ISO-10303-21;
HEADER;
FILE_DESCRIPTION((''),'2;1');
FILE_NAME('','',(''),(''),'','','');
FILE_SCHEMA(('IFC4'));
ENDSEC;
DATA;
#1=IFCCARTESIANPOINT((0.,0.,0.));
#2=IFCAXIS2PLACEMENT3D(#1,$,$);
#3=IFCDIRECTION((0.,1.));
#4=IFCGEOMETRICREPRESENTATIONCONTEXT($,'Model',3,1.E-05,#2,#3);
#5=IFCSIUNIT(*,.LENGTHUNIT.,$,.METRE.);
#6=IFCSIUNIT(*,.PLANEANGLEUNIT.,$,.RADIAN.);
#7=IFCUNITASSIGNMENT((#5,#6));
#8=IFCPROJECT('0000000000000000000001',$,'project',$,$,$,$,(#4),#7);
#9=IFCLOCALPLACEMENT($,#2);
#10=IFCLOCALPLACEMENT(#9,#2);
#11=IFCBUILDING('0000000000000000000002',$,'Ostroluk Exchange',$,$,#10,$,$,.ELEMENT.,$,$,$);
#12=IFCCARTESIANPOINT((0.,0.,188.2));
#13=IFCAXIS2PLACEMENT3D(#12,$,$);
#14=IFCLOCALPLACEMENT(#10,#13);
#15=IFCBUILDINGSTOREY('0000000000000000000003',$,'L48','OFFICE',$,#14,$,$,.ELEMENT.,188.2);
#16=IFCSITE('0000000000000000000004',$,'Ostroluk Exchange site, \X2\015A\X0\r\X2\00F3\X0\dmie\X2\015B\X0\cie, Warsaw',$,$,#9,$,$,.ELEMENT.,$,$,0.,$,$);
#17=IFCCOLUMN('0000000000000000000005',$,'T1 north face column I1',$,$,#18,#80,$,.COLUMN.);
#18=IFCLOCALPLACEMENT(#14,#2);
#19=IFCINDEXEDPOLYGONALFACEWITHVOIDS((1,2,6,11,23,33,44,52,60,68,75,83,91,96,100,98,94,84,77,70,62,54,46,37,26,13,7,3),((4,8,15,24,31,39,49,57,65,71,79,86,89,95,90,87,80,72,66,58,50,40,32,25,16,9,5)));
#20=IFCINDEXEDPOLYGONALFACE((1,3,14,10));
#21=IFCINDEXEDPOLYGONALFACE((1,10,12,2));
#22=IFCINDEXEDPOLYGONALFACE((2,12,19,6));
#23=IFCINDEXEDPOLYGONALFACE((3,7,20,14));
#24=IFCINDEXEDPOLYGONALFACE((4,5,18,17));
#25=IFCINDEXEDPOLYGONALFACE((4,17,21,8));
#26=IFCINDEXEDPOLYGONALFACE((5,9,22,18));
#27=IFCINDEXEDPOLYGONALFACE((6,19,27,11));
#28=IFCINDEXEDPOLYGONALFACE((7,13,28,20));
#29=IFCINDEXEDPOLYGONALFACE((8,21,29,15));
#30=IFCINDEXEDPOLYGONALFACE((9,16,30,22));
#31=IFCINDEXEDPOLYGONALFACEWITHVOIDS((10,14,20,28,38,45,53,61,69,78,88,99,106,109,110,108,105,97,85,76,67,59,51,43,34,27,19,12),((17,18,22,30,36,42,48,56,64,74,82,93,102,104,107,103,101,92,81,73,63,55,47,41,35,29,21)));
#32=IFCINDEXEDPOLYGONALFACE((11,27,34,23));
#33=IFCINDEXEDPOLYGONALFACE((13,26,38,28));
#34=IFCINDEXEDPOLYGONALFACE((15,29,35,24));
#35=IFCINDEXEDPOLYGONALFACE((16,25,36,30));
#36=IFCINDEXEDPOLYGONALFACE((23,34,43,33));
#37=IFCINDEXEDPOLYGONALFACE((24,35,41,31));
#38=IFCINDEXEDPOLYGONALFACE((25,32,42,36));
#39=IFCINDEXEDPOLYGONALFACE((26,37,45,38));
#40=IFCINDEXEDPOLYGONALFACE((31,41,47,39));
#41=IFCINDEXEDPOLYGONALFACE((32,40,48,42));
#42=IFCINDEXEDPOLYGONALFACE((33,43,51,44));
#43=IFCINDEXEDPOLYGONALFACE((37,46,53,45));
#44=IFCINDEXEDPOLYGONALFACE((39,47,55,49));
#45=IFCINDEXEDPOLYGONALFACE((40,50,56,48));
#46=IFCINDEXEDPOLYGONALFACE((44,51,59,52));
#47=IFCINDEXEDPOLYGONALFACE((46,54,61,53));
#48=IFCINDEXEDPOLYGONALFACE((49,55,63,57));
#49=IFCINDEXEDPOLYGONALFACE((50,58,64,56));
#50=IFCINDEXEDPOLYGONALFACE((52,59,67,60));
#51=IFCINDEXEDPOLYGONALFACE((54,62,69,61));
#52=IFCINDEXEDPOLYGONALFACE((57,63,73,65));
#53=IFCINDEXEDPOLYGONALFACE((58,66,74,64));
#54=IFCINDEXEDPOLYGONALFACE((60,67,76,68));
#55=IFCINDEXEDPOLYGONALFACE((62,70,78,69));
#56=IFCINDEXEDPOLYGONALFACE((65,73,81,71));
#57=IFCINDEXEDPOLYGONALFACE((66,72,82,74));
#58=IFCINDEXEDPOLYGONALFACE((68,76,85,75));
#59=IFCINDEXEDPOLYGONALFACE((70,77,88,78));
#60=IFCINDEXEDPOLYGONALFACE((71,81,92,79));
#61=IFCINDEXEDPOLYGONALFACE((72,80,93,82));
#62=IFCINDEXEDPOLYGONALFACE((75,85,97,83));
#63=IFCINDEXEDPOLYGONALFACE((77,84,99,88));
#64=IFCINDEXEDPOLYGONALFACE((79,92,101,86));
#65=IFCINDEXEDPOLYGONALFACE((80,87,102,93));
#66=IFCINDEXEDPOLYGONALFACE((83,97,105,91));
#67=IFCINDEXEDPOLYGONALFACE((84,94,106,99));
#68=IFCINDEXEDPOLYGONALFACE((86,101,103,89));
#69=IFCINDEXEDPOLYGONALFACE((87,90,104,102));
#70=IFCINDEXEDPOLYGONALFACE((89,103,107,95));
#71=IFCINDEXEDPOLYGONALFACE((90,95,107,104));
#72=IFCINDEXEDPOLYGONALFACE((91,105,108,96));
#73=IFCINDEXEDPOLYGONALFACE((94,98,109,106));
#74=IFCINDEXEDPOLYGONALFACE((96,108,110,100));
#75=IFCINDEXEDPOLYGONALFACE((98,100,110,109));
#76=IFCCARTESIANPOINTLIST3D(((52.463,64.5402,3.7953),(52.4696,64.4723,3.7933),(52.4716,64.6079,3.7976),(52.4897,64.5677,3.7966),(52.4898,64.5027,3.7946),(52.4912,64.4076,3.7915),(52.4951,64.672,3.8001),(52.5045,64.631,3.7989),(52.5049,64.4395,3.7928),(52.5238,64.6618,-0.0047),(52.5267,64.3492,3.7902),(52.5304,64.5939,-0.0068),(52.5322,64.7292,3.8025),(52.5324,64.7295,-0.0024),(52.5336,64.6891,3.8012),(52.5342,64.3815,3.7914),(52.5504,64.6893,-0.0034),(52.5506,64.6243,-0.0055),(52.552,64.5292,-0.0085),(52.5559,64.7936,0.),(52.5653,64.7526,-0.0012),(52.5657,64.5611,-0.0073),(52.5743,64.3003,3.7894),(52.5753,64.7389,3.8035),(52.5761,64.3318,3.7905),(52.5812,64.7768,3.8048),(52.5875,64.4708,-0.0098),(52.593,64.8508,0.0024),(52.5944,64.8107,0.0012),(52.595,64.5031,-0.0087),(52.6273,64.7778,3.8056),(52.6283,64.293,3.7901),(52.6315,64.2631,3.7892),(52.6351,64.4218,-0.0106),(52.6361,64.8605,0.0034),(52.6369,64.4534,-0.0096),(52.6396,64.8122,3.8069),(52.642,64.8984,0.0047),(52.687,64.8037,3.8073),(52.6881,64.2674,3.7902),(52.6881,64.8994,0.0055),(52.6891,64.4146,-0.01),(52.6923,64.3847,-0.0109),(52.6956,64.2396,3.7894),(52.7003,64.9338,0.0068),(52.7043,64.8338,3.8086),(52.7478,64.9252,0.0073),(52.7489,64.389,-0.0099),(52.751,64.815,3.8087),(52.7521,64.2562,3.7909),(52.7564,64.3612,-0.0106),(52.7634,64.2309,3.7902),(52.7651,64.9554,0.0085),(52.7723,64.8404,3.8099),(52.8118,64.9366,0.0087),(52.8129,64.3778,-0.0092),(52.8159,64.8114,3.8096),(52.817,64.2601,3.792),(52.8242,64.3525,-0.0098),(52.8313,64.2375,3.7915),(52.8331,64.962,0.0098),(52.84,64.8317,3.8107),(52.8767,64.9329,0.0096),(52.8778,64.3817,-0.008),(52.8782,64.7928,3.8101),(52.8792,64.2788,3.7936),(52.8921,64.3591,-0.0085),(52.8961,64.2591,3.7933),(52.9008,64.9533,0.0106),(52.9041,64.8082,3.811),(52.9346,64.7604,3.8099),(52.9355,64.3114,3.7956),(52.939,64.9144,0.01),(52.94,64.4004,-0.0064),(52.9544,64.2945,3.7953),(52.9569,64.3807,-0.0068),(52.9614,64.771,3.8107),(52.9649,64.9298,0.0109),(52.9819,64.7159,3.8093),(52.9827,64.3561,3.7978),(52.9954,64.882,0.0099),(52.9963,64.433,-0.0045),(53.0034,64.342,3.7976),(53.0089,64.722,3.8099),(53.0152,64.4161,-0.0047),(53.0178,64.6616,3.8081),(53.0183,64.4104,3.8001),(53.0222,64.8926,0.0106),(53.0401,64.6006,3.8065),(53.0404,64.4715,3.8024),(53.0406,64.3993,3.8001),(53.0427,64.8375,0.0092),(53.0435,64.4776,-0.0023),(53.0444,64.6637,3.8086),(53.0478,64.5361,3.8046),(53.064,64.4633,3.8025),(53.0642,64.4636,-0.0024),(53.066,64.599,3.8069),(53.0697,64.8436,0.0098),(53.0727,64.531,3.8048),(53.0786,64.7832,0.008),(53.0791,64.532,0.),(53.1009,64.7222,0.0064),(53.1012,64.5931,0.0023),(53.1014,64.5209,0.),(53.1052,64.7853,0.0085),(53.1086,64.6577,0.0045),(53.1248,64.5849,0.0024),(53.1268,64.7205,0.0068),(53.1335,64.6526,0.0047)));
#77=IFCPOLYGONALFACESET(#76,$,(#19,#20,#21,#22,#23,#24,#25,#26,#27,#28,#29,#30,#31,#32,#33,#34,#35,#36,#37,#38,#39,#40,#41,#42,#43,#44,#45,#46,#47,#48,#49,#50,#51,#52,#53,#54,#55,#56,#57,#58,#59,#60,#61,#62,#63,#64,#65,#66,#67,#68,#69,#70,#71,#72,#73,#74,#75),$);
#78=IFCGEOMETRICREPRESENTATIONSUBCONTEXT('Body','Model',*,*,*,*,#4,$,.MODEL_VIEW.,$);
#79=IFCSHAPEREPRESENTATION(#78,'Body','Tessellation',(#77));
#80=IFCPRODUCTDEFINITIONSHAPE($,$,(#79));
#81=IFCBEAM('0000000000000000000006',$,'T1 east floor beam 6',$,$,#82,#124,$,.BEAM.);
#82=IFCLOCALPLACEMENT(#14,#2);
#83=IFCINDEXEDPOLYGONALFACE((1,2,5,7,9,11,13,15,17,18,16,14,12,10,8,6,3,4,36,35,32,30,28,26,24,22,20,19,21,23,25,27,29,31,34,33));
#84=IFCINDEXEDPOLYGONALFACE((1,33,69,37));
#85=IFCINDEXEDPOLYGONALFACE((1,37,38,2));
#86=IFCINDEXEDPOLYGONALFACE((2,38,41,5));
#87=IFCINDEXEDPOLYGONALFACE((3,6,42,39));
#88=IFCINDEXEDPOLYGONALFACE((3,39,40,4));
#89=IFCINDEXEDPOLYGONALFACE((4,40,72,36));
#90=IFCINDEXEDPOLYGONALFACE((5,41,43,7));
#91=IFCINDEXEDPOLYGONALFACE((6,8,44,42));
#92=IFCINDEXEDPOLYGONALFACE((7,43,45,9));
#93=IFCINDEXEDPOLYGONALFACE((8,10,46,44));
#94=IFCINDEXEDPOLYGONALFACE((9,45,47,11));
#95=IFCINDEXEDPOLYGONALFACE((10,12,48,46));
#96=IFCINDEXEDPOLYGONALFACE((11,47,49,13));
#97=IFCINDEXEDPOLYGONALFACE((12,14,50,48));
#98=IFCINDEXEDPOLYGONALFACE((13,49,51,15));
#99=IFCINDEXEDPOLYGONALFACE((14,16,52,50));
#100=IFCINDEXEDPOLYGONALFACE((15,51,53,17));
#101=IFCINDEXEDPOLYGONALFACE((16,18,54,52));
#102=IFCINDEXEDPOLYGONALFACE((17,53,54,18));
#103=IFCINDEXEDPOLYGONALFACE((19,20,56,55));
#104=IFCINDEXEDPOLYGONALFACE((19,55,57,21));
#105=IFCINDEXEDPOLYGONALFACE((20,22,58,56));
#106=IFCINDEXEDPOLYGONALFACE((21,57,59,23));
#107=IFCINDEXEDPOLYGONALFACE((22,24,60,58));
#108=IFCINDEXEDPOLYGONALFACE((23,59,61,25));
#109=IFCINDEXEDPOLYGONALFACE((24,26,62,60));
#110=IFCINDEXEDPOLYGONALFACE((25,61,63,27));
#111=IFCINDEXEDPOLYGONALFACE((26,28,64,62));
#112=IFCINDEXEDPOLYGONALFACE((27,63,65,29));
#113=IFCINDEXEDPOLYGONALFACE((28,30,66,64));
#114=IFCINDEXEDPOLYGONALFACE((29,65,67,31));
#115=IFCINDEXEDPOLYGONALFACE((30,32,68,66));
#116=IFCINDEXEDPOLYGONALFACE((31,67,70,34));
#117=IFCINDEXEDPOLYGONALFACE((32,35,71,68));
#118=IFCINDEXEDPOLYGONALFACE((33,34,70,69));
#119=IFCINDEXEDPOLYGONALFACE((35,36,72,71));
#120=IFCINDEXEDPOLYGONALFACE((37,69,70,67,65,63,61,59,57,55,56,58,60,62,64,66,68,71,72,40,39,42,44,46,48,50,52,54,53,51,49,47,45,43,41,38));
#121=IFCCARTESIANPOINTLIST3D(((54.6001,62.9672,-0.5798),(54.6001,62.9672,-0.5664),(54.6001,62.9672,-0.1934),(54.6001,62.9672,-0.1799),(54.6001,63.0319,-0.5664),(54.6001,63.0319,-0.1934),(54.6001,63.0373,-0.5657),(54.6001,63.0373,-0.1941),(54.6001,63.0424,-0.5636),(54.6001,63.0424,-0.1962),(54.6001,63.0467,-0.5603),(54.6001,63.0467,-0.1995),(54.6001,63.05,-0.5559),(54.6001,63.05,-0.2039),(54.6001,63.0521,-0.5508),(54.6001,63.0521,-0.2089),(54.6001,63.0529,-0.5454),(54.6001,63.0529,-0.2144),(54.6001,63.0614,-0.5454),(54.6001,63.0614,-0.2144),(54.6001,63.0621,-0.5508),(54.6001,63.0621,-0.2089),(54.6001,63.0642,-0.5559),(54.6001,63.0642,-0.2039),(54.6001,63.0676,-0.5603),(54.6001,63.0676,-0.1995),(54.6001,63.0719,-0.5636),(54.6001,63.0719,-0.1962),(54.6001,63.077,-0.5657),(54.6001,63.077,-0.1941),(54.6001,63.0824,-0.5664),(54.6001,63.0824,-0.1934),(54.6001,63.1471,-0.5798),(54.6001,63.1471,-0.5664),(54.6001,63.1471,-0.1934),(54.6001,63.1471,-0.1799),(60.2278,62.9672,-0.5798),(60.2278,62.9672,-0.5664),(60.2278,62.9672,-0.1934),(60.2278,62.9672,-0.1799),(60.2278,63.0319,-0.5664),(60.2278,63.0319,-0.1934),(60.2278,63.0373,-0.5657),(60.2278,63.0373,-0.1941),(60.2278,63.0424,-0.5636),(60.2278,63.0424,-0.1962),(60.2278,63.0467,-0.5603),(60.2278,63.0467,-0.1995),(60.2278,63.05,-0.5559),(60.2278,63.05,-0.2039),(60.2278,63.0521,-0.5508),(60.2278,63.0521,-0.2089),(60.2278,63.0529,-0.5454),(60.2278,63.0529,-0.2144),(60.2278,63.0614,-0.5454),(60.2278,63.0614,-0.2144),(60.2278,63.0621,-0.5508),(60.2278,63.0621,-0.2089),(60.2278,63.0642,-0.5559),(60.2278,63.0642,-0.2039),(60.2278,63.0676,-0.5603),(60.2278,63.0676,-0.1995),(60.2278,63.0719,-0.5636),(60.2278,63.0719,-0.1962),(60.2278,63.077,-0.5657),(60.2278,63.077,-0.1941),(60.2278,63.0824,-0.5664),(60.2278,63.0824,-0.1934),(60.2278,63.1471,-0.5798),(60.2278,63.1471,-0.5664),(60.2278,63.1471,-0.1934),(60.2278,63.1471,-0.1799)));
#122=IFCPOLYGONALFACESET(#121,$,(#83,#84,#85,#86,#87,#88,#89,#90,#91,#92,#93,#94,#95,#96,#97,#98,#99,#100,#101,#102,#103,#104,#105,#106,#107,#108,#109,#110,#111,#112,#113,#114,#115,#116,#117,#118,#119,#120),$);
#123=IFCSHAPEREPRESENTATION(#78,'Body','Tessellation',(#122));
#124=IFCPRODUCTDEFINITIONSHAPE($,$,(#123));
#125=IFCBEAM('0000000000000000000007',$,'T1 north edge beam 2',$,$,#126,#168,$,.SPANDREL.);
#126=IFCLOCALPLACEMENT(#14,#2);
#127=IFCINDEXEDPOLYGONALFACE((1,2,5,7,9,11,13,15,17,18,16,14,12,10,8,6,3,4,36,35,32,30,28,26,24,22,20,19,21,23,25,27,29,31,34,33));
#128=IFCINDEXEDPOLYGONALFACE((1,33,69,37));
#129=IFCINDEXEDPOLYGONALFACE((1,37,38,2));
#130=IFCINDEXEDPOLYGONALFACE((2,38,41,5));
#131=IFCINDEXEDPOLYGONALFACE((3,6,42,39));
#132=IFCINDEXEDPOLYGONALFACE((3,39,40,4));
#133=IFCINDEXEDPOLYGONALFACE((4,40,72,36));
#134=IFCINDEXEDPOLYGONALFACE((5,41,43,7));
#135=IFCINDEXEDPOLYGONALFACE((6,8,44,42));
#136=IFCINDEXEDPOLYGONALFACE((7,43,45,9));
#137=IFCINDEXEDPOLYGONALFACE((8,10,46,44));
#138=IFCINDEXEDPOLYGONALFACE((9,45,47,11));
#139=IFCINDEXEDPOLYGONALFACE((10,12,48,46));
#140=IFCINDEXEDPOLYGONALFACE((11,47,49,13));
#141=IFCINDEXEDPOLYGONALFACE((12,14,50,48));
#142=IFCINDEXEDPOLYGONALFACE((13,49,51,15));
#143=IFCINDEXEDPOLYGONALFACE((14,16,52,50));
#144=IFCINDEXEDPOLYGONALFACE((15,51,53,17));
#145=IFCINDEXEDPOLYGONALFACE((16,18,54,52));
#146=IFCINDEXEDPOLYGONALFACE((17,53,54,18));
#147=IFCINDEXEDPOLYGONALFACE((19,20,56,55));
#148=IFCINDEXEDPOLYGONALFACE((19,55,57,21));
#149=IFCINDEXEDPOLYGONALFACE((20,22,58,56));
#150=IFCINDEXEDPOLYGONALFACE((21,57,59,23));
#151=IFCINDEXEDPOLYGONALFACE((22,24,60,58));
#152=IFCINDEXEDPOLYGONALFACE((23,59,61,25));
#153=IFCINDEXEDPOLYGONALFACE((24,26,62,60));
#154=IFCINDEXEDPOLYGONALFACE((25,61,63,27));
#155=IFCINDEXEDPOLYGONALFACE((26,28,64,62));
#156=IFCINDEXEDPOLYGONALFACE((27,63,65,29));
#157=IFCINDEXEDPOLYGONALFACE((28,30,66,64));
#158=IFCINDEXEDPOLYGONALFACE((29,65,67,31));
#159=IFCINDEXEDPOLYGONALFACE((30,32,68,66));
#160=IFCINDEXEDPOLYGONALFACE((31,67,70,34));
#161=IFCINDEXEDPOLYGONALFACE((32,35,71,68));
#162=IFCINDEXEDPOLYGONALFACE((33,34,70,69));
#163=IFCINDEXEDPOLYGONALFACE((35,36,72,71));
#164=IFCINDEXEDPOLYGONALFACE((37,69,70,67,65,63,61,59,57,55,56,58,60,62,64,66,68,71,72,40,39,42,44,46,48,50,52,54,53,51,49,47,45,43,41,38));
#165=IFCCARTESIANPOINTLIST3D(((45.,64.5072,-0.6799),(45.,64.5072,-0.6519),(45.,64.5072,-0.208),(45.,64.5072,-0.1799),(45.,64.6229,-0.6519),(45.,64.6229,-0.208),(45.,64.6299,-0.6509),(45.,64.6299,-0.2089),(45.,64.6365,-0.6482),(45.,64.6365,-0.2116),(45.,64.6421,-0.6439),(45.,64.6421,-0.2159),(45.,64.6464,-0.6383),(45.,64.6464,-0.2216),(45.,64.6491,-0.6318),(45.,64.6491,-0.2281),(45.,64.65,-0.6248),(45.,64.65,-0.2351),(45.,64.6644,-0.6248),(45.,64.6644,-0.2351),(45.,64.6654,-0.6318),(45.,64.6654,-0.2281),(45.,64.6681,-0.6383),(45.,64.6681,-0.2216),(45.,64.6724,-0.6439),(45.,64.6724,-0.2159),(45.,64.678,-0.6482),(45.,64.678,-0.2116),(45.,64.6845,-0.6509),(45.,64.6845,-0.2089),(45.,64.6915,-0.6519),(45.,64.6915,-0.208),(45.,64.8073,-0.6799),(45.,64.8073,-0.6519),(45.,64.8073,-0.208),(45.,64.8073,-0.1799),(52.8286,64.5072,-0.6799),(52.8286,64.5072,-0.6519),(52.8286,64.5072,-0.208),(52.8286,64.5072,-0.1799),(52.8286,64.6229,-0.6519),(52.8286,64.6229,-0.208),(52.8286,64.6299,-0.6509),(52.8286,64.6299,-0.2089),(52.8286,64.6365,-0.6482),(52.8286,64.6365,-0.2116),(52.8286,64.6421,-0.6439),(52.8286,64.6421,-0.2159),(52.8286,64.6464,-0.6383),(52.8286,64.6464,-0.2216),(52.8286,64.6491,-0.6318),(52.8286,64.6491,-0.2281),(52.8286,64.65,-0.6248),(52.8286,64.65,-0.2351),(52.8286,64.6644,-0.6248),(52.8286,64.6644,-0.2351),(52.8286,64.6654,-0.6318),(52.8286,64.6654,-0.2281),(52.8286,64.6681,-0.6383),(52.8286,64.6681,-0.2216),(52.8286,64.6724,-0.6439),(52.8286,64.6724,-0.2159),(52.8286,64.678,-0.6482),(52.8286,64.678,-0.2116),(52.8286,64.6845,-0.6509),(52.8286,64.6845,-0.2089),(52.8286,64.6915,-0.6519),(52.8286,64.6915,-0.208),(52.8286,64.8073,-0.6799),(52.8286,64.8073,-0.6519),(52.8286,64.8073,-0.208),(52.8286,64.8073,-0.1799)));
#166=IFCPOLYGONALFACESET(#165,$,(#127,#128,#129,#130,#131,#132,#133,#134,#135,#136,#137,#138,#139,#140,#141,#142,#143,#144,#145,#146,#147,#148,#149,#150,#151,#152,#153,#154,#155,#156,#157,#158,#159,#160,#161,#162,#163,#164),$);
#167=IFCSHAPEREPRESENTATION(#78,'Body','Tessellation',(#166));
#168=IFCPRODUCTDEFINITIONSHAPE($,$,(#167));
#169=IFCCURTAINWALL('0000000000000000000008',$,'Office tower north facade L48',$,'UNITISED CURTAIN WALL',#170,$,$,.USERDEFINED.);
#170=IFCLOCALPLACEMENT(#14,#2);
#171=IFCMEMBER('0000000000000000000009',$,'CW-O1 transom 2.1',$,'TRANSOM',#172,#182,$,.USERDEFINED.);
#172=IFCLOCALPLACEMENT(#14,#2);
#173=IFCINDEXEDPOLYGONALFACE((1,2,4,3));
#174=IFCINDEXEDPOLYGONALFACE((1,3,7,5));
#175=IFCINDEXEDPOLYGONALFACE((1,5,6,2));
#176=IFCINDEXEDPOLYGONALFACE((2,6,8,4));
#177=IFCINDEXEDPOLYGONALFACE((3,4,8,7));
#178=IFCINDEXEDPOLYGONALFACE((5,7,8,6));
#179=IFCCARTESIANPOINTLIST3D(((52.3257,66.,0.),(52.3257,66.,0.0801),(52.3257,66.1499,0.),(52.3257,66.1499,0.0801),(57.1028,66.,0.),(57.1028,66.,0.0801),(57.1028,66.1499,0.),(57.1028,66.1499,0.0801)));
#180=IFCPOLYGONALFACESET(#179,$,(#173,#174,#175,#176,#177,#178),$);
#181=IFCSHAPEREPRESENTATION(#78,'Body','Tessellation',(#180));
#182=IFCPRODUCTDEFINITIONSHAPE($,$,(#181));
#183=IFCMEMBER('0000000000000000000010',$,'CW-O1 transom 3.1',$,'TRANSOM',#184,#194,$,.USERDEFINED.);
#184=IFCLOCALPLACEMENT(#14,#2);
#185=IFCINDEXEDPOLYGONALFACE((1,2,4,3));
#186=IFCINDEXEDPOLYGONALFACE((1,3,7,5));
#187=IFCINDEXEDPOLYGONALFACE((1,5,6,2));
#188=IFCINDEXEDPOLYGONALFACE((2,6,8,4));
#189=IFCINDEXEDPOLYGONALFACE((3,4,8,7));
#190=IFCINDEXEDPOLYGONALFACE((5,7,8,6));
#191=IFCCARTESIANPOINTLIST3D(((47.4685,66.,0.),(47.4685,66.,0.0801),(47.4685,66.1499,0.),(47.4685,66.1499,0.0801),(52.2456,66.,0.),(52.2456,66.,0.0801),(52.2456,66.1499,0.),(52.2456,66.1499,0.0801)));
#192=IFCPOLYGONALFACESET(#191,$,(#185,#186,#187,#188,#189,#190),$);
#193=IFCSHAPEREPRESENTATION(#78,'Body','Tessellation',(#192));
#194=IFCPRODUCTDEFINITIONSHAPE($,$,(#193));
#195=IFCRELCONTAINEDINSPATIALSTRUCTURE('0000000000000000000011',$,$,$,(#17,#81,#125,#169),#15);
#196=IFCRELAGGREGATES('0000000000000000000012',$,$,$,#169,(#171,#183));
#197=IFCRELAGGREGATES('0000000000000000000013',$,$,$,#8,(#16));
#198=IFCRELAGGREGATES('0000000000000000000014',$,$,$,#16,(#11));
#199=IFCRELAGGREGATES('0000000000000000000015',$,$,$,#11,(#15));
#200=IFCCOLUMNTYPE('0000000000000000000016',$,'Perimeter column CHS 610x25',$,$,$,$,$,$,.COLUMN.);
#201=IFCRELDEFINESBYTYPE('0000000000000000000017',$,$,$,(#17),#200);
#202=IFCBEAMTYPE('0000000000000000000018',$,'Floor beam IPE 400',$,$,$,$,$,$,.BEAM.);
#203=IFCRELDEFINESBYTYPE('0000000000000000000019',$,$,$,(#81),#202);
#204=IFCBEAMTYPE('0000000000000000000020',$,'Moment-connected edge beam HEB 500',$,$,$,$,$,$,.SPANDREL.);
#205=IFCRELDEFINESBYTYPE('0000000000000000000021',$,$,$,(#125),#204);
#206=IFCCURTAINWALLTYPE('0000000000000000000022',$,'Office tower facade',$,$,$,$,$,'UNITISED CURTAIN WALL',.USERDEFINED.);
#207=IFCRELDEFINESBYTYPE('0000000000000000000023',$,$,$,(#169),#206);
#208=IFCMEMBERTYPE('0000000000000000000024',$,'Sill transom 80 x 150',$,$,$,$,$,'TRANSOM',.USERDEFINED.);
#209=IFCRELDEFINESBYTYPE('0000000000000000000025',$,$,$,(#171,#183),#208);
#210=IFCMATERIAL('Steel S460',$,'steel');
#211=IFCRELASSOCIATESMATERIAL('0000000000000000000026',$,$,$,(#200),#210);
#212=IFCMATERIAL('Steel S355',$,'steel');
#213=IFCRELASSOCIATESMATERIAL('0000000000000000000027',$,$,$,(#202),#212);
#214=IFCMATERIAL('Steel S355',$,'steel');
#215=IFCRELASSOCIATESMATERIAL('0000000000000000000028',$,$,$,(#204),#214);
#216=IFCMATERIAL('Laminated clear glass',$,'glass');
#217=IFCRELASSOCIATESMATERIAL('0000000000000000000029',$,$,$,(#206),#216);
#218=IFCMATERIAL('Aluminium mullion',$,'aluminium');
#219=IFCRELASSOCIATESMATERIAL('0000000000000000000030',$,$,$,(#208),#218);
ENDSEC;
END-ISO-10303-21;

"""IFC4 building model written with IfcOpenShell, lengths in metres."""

from ifc_helpers import new_model, si_unit, direction, frame, origin, origin_2d, place, context, subcontext, project, spatial, rectangle, hollow_circle, i_section, extrude, material, material_profile, profile_set, type_object, element, aggregate, save


model = new_model("IFC4")

# Units and contexts
model_context = context("Model", 3, precision=1e-05, world=origin(), true_north=direction((0.0, 1.0)))
body_context = subcontext(model_context, "Body", "Model", "MODEL_VIEW")
ifc_project = project(units=[si_unit("LENGTHUNIT", "METRE"), si_unit("PLANEANGLEUNIT", "RADIAN")], contexts=[model_context])

# Site, building, storey
site_placement = place(None, origin())
site = spatial("IfcSite", under=ifc_project, at=site_placement, Name="Ostroluk Exchange site, Śródmieście, Warsaw", CompositionType="ELEMENT", RefElevation=0.0)
building_placement = place(site_placement, origin())
building = spatial("IfcBuilding", under=site, at=building_placement, Name="Ostroluk Exchange", CompositionType="ELEMENT")
storey_placement = place(building_placement, frame((0.0, 0.0, 188.2)))
storey = spatial("IfcBuildingStorey", under=building, at=storey_placement, Name="L48", Description="OFFICE", CompositionType="ELEMENT", Elevation=188.2)

# Column
ifc_material_1 = material(Name="Steel S460", Category="steel")
ifc_material_profile_1 = material_profile(ifc_material_1, hollow_circle(Radius=0.3049, WallThickness=0.0249, at=origin_2d()), Name="CHS 610x25")
ifc_profile_set_1 = profile_set([ifc_material_profile_1], Name="Steel S460")
column_type = type_object("IfcColumnType", Name="Perimeter column CHS 610x25", PredefinedType="COLUMN", material=ifc_profile_set_1)
column_placement = place(storey_placement, frame((52.8286, 64.6572, 0.0), z_axis=(-0.015987, -0.031974, 0.999361), x_axis=(0.894427, -0.447214, 0.0)))
element("IfcColumn", 1, at=column_placement, inside=storey, type_object=column_type, Name="T1 north face column I1", PredefinedType="COLUMN", context=body_context, shape_type="SweptSolid", body=[
    extrude(hollow_circle(Radius=0.3049, WallThickness=0.0249, at=origin_2d()), origin(), (0.0, 0.0, 1.0), 3.8025),
])

# Beams
ifc_material_2 = material(Name="Steel S355", Category="steel")
ifc_material_profile_2 = material_profile(ifc_material_2, i_section(OverallWidth=0.1799, OverallDepth=0.3999, WebThickness=0.0085, FlangeThickness=0.0134, FilletRadius=0.021, at=origin_2d()), Name="IPE 400")
ifc_profile_set_2 = profile_set([ifc_material_profile_2], Name="Steel S355")
beam_type_1 = type_object("IfcBeamType", Name="Floor beam IPE 400", PredefinedType="BEAM", material=ifc_profile_set_2)
beam_1_placement = place(storey_placement, frame((54.6001, 63.0571, -0.3799), z_axis=(1.0, 0.0, 0.0), x_axis=(0.0, 1.0, 0.0)))
element("IfcBeam", 2, at=beam_1_placement, inside=storey, type_object=beam_type_1, Name="T1 east floor beam 6", PredefinedType="BEAM", context=body_context, shape_type="SweptSolid", body=[
    extrude(i_section(OverallWidth=0.1799, OverallDepth=0.3999, WebThickness=0.0085, FlangeThickness=0.0134, FilletRadius=0.021, at=origin_2d()), origin(), (0.0, 0.0, 1.0), 5.6277),
])
ifc_material_3 = material(Name="Steel S355", Category="steel")
ifc_material_profile_3 = material_profile(ifc_material_3, i_section(OverallWidth=0.3, OverallDepth=0.5, WebThickness=0.0144, FlangeThickness=0.0281, FilletRadius=0.0271, at=origin_2d()), Name="HEB 500")
ifc_profile_set_3 = profile_set([ifc_material_profile_3], Name="Steel S355")
beam_type_2 = type_object("IfcBeamType", Name="Moment-connected edge beam HEB 500", PredefinedType="SPANDREL", material=ifc_profile_set_3)
beam_2_placement = place(storey_placement, frame((52.8286, 64.6572, -0.4299), z_axis=(-1.0, 0.0, 0.0), x_axis=(0.0, -1.0, 0.0)))
element("IfcBeam", 3, at=beam_2_placement, inside=storey, type_object=beam_type_2, Name="T1 north edge beam 2", PredefinedType="SPANDREL", context=body_context, shape_type="SweptSolid", body=[
    extrude(i_section(OverallWidth=0.3, OverallDepth=0.5, WebThickness=0.0144, FlangeThickness=0.0281, FilletRadius=0.0271, at=origin_2d()), origin(), (0.0, 0.0, 1.0), 7.8286),
])

# Curtain wall, members
ifc_material_4 = material(Name="Laminated clear glass", Category="glass")
curtain_wall_type = type_object("IfcCurtainWallType", Name="Office tower facade", ElementType="UNITISED CURTAIN WALL", PredefinedType="USERDEFINED", material=ifc_material_4)
curtain_wall_placement = place(storey_placement, origin())
curtain_wall = element("IfcCurtainWall", 4, at=curtain_wall_placement, inside=storey, type_object=curtain_wall_type, Name="Office tower north facade L48", ObjectType="UNITISED CURTAIN WALL", PredefinedType="USERDEFINED")
ifc_material_5 = material(Name="Aluminium mullion", Category="aluminium")
ifc_material_profile_4 = material_profile(ifc_material_5, rectangle(XDim=0.1499, YDim=0.0801, at=origin_2d()), Name="Sill transom 80 x 150")
ifc_profile_set_4 = profile_set([ifc_material_profile_4], Name="Aluminium mullion")
member_type_1 = type_object("IfcMemberType", Name="Sill transom 80 x 150", ElementType="TRANSOM", PredefinedType="USERDEFINED", material=ifc_profile_set_4)
member_1_placement = place(storey_placement, frame((57.1028, 66.075, 0.04), z_axis=(-1.0, 0.0, 0.0), x_axis=(0.0, -1.0, 0.0)))
member_1 = element("IfcMember", 5, at=member_1_placement, type_object=member_type_1, Name="CW-O1 transom 2.1", ObjectType="TRANSOM", PredefinedType="USERDEFINED", context=body_context, shape_type="SweptSolid", body=[
    extrude(rectangle(XDim=0.1499, YDim=0.0801, at=origin_2d()), origin(), (0.0, 0.0, 1.0), 4.7771),
])
member_2_placement = place(storey_placement, frame((52.2456, 66.075, 0.04), z_axis=(-1.0, 0.0, 0.0), x_axis=(0.0, -1.0, 0.0)))
member_2 = element("IfcMember", 6, at=member_2_placement, type_object=member_type_1, Name="CW-O1 transom 3.1", ObjectType="TRANSOM", PredefinedType="USERDEFINED", context=body_context, shape_type="SweptSolid", body=[
    extrude(rectangle(XDim=0.1499, YDim=0.0801, at=origin_2d()), origin(), (0.0, 0.0, 1.0), 4.7771),
])
aggregate(curtain_wall, [member_1, member_2])

save(model, "model.ifc")
